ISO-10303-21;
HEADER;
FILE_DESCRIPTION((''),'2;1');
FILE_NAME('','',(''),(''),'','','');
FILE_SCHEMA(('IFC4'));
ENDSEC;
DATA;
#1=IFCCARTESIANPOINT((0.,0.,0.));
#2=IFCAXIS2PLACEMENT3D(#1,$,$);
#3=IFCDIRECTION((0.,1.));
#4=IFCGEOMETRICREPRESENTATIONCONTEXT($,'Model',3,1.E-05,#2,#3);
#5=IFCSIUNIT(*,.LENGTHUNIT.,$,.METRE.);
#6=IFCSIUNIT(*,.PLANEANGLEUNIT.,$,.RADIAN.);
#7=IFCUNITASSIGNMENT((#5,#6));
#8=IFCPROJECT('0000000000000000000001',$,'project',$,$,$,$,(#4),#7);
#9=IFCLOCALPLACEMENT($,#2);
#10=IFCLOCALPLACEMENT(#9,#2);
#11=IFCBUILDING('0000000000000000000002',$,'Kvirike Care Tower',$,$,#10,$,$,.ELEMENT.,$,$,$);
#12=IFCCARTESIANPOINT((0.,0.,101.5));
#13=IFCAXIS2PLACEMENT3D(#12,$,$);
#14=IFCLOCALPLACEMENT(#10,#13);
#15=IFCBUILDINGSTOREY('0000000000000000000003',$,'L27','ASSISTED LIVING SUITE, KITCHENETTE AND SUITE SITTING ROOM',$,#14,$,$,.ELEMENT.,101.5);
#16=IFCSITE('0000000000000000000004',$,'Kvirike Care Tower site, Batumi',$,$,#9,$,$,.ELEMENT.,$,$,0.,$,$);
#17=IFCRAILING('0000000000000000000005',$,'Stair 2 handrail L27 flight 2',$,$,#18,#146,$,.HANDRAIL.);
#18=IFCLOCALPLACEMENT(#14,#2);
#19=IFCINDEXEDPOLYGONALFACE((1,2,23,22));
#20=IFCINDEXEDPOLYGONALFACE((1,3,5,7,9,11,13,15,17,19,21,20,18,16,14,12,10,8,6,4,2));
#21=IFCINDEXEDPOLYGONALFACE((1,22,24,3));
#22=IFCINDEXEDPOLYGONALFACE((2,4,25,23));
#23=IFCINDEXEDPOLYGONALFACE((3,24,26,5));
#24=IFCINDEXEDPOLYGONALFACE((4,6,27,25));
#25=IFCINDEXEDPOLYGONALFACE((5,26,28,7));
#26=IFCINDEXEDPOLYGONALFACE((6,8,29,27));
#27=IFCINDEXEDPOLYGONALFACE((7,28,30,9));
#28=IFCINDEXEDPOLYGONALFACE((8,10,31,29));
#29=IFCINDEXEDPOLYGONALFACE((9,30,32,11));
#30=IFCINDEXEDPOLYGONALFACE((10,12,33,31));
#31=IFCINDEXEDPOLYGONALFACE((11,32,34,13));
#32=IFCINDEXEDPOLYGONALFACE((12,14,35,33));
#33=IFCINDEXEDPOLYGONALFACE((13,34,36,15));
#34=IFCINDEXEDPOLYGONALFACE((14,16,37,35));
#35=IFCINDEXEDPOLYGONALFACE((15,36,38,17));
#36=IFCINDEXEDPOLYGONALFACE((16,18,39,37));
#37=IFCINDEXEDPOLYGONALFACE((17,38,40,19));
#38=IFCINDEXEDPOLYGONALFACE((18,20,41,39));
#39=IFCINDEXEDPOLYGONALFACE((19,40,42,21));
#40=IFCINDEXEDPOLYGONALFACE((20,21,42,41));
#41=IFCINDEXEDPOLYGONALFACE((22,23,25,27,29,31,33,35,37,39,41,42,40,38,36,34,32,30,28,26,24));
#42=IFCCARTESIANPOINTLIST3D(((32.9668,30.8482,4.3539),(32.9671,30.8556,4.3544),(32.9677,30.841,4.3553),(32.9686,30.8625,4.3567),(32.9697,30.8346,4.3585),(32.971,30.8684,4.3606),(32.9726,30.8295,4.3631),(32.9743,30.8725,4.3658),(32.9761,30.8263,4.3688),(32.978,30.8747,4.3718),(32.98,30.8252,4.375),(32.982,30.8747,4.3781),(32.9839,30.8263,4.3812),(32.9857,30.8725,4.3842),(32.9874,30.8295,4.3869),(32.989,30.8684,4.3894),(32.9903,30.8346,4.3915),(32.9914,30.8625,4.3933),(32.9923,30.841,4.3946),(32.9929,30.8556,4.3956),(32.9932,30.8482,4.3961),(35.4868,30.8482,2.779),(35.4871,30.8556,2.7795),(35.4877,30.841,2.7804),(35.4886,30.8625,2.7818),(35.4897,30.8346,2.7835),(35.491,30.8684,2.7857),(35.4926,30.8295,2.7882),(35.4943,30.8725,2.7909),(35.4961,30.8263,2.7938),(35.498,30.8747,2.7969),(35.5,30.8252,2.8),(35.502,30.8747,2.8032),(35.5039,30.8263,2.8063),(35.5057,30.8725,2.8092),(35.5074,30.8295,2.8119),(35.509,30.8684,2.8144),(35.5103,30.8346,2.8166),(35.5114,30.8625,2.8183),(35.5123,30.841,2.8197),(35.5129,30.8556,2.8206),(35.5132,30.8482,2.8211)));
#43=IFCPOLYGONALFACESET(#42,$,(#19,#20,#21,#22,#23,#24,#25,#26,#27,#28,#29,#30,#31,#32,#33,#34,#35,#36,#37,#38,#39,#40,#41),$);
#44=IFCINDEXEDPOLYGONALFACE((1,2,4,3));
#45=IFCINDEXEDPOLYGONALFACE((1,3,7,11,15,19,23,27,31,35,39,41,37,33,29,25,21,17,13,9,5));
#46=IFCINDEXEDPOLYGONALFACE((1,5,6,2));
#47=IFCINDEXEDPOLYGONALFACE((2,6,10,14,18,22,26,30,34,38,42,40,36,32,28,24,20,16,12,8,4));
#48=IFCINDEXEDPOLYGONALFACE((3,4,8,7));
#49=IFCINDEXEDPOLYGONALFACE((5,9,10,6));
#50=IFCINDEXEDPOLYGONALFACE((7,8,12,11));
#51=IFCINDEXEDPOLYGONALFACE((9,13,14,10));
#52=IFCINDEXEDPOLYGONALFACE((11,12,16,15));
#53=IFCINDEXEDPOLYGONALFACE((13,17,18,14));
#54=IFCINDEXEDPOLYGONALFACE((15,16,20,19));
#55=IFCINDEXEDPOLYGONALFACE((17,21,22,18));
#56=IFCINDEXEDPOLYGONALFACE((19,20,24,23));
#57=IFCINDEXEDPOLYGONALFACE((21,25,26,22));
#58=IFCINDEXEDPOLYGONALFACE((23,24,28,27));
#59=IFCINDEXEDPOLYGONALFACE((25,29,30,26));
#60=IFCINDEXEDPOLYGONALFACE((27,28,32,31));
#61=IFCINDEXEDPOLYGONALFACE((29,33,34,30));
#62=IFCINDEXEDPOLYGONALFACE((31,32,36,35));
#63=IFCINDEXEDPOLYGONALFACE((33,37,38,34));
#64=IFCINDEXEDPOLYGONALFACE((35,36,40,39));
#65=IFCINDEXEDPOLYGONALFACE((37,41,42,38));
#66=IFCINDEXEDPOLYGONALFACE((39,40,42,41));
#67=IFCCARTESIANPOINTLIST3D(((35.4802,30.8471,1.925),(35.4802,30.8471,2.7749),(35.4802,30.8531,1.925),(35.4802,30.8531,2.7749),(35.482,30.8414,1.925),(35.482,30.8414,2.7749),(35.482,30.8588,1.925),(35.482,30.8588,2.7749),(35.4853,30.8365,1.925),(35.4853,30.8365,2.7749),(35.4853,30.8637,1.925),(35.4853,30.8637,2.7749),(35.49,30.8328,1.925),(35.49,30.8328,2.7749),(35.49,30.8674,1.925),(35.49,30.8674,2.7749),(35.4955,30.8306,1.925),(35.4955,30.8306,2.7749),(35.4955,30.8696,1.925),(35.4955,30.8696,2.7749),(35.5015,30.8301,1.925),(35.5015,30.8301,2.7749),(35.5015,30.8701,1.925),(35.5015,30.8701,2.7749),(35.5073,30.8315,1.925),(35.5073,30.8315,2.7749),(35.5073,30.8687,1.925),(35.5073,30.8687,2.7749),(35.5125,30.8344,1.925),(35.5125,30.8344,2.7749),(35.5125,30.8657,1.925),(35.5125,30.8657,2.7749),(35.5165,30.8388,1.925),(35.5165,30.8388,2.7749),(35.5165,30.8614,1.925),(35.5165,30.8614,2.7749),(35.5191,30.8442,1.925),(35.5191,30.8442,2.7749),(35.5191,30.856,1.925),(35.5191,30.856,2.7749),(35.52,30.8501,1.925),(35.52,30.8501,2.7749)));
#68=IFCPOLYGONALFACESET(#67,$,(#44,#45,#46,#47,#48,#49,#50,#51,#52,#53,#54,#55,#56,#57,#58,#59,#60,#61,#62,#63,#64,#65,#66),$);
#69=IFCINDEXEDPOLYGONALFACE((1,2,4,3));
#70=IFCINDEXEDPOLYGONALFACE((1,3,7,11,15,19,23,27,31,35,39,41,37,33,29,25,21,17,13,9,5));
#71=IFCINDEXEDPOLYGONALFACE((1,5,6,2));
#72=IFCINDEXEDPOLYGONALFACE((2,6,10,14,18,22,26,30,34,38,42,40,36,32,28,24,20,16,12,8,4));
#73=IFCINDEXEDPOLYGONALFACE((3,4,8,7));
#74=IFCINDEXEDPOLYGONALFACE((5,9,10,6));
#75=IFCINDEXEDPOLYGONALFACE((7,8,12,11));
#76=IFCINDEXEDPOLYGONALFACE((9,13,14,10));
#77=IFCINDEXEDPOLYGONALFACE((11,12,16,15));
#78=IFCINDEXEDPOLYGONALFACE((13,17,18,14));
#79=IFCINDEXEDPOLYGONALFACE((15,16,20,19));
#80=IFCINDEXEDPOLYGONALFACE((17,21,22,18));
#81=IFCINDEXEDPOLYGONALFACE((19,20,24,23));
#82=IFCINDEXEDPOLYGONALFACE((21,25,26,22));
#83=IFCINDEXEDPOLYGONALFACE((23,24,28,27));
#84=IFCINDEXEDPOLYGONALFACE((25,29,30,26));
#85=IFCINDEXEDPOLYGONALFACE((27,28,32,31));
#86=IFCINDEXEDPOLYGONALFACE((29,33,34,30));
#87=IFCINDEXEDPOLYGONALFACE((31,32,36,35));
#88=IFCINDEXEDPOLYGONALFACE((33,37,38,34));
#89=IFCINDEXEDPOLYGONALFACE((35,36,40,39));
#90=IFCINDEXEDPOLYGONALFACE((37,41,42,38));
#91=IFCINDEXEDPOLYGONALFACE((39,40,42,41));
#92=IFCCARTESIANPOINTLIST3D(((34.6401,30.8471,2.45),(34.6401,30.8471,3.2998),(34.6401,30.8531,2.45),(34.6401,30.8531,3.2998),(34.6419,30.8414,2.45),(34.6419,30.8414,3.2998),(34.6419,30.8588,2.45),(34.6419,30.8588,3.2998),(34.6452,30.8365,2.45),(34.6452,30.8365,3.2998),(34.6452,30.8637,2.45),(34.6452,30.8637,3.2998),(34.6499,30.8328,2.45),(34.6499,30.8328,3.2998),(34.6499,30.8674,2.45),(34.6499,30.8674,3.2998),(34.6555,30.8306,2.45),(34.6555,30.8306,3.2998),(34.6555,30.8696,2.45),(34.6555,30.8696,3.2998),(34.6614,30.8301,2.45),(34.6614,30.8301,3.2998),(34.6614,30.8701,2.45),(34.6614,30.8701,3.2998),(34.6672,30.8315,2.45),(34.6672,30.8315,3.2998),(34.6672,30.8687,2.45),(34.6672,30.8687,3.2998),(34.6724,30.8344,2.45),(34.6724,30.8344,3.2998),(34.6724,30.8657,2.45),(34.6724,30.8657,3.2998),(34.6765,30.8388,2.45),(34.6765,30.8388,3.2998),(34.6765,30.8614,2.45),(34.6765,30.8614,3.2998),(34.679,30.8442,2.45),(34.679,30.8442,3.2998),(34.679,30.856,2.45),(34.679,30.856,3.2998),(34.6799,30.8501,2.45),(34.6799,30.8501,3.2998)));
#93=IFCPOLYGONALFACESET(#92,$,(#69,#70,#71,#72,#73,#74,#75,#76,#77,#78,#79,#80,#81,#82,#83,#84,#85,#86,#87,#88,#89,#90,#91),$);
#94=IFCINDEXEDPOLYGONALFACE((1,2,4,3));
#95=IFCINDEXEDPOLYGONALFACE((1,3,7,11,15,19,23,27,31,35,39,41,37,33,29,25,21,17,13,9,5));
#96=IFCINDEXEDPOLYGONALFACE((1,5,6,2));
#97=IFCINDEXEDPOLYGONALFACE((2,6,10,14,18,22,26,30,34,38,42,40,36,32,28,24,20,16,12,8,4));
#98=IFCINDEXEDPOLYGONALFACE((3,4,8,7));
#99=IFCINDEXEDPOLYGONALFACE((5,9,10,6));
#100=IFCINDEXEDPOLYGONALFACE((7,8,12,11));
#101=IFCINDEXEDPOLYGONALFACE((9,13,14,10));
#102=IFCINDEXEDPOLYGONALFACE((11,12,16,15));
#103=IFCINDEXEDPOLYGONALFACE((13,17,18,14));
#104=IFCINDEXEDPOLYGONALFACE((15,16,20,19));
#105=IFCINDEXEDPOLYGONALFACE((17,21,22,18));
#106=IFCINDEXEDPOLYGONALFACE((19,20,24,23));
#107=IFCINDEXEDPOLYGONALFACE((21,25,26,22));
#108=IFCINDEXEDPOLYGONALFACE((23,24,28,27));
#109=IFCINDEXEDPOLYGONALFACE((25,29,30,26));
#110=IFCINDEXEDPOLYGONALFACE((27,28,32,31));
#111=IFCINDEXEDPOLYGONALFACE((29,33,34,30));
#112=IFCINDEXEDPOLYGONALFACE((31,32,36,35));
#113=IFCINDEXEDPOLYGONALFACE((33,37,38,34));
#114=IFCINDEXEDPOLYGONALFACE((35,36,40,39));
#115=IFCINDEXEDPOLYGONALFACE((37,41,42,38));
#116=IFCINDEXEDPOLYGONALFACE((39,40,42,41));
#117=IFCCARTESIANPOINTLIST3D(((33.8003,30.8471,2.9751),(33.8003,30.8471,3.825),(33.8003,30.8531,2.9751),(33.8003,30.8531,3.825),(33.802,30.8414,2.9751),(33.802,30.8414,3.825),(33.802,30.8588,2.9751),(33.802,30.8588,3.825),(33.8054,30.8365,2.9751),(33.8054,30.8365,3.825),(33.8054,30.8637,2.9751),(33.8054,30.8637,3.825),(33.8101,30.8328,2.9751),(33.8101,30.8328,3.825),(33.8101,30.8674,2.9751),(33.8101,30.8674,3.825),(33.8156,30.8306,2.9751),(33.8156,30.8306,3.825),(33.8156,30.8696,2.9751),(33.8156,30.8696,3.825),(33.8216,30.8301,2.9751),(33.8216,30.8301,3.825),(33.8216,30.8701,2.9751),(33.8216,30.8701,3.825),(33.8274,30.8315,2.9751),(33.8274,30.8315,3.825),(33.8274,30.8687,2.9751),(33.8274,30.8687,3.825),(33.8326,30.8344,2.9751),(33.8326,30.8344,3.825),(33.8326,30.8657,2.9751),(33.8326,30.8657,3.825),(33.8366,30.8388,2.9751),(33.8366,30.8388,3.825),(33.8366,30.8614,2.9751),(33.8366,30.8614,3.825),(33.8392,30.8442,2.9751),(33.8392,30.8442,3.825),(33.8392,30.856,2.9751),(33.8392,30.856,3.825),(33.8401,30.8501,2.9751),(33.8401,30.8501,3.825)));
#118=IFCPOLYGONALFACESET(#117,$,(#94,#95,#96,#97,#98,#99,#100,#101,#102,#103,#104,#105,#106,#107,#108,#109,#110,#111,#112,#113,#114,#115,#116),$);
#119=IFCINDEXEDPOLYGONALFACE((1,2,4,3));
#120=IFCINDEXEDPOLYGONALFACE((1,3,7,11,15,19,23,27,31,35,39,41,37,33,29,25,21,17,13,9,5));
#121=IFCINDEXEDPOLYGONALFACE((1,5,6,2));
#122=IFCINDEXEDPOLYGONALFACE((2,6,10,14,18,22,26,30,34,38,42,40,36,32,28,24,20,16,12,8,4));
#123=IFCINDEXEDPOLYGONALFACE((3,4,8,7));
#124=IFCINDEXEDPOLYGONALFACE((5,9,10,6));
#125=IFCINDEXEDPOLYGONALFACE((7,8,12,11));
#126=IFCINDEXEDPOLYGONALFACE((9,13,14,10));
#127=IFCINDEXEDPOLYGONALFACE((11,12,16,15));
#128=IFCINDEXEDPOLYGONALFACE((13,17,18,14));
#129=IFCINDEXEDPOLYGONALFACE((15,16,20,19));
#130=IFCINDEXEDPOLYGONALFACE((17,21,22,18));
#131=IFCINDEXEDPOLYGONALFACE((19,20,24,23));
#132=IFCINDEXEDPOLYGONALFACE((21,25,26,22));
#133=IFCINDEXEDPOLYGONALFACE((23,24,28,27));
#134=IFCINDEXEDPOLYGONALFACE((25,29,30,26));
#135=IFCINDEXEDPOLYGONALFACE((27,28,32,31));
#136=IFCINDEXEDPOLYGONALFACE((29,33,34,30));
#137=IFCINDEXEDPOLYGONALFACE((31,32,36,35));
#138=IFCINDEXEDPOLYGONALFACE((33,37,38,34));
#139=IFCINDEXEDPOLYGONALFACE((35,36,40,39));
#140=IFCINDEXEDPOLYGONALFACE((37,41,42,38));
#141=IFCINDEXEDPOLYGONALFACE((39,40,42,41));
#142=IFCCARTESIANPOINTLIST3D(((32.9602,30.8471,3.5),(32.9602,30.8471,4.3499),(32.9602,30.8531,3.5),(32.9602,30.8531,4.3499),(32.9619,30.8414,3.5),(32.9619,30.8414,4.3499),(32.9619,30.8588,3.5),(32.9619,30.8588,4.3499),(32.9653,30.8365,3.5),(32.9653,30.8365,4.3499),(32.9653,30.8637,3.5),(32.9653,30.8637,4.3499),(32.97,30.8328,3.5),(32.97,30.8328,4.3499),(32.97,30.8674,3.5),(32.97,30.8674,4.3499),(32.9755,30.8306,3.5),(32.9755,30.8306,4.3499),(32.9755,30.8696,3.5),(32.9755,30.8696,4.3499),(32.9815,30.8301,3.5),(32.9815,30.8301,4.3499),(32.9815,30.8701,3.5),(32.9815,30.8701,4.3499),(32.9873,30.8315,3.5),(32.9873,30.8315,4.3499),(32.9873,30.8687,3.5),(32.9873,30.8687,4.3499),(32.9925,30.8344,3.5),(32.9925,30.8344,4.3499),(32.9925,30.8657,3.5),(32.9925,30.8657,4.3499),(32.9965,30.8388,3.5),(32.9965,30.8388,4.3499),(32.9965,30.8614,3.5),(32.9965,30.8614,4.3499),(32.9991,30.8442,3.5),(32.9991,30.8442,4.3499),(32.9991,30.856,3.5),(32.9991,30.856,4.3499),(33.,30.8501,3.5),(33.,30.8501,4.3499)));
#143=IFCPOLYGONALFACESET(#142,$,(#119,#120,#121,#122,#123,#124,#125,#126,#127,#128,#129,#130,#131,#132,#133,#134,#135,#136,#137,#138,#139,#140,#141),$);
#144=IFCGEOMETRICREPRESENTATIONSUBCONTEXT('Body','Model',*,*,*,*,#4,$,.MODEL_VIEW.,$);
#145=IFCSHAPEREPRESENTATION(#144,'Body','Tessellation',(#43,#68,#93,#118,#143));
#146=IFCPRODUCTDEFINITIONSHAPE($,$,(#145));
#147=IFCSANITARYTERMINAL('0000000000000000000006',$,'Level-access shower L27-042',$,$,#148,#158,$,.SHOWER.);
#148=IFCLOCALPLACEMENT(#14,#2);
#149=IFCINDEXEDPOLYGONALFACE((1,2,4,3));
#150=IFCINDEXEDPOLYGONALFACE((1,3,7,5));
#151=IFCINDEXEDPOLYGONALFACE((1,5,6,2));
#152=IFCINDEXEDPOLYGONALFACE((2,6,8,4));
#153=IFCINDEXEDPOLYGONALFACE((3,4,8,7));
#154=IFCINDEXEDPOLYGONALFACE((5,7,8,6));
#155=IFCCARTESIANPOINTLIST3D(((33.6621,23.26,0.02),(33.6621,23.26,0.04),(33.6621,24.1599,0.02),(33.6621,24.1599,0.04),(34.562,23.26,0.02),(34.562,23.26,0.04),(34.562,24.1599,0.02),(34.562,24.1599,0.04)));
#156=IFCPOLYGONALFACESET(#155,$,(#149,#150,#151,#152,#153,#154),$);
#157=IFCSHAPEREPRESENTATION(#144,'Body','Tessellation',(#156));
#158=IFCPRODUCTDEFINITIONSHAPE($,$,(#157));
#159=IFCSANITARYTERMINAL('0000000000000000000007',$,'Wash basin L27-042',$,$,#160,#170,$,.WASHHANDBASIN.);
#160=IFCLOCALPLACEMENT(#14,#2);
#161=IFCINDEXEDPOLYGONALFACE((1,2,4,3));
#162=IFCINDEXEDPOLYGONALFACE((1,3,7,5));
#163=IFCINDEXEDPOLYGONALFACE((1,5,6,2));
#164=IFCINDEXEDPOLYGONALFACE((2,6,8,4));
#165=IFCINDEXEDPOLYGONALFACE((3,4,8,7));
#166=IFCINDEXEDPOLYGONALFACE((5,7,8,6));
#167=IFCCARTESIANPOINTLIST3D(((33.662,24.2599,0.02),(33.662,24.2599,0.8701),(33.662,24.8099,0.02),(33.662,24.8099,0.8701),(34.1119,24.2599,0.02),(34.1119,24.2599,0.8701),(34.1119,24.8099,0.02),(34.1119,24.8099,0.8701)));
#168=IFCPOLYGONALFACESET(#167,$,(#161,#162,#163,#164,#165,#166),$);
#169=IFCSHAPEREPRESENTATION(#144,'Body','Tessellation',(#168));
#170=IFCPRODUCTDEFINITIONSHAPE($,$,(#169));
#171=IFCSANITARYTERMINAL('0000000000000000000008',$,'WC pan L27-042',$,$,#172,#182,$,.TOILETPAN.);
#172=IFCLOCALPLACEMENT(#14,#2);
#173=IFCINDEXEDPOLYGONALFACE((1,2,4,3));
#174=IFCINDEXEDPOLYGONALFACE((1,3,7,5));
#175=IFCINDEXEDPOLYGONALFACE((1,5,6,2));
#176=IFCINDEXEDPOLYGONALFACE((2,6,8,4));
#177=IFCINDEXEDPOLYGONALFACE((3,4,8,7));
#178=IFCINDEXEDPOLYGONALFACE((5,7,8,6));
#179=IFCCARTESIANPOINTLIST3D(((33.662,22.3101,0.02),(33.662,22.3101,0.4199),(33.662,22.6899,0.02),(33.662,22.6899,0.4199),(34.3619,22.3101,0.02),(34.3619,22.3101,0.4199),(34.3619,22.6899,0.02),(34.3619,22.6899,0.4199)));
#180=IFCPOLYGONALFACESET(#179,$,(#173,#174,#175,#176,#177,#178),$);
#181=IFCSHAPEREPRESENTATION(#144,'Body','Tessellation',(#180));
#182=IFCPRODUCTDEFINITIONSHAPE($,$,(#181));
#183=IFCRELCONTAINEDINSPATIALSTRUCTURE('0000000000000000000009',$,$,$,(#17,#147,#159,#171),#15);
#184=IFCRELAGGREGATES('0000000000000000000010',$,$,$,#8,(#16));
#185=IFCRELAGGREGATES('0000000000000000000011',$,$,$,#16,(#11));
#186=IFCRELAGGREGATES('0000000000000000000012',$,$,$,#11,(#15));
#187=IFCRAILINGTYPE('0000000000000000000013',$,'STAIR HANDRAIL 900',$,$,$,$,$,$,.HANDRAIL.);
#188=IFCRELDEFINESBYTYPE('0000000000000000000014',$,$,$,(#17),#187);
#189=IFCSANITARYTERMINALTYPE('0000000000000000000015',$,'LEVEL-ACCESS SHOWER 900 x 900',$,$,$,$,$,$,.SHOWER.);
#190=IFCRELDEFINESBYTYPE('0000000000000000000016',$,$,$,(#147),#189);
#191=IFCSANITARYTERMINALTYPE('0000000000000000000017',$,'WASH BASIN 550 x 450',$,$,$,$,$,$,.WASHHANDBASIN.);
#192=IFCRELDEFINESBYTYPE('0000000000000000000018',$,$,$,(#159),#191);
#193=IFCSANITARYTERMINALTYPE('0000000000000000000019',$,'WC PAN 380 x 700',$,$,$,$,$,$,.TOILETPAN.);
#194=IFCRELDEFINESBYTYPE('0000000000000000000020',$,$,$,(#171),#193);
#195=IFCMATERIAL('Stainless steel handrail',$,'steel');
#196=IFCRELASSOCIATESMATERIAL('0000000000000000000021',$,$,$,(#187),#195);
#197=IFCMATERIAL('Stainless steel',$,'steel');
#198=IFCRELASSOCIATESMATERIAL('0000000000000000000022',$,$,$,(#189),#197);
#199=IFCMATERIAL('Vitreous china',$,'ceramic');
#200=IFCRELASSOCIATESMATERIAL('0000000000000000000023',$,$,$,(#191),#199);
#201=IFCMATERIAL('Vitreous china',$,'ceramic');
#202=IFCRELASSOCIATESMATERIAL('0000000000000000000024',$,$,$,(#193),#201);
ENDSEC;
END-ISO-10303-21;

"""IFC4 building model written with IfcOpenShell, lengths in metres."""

from ifc_helpers import new_model, si_unit, direction, frame, origin, origin_2d, place, context, subcontext, project, spatial, rectangle, circle, extrude, material, type_object, element, save


model = new_model("IFC4")

# Units and contexts
model_context = context("Model", 3, precision=1e-05, world=origin(), true_north=direction((0.0, 1.0)))
body_context = subcontext(model_context, "Body", "Model", "MODEL_VIEW")
ifc_project = project(units=[si_unit("LENGTHUNIT", "METRE"), si_unit("PLANEANGLEUNIT", "RADIAN")], contexts=[model_context])

# Site, building, storey
site_placement = place(None, origin())
site = spatial("IfcSite", under=ifc_project, at=site_placement, Name="Kvirike Care Tower site, Batumi", CompositionType="ELEMENT", RefElevation=0.0)
building_placement = place(site_placement, origin())
building = spatial("IfcBuilding", under=site, at=building_placement, Name="Kvirike Care Tower", CompositionType="ELEMENT")
storey_placement = place(building_placement, frame((0.0, 0.0, 101.5)))
storey = spatial("IfcBuildingStorey", under=building, at=storey_placement, Name="L27", Description="ASSISTED LIVING SUITE, KITCHENETTE AND SUITE SITTING ROOM", CompositionType="ELEMENT", Elevation=101.5)

# Railing
ifc_material_1 = material(Name="Stainless steel handrail", Category="steel")
railing_type = type_object("IfcRailingType", Name="STAIR HANDRAIL 900", PredefinedType="HANDRAIL", material=ifc_material_1)
railing_1_placement = place(storey_placement, frame((35.5, 30.8501, 1.925)))
element("IfcRailing", 1, at=railing_1_placement, inside=storey, type_object=railing_type, Name="Stair 2 handrail L27 flight 2", PredefinedType="HANDRAIL", context=body_context, shape_type="SweptSolid", body=[
    extrude(circle(Radius=0.0249, at=origin_2d()), frame((0.0, 0.0, 0.875), z_axis=(-0.848008, 0.0, 0.529984), x_axis=(0.0, -1.0, 0.0)), (0.0, 0.0, 1.0), 2.9717),
    extrude(circle(Radius=0.02, at=origin_2d()), origin(), (0.0, 0.0, 1.0), 0.8499),
    extrude(circle(Radius=0.02, at=origin_2d()), frame((-0.8401, 0.0, 0.5249)), (0.0, 0.0, 1.0), 0.8499),
    extrude(circle(Radius=0.02, at=origin_2d()), frame((-1.6799, 0.0, 1.05)), (0.0, 0.0, 1.0), 0.8499),
    extrude(circle(Radius=0.02, at=origin_2d()), frame((-2.52, 0.0, 1.575)), (0.0, 0.0, 1.0), 0.8499),
])

# Sanitary terminals
ifc_material_2 = material(Name="Stainless steel", Category="steel")
sanitary_terminal_type_1 = type_object("IfcSanitaryTerminalType", Name="LEVEL-ACCESS SHOWER 900 x 900", PredefinedType="SHOWER", material=ifc_material_2)
sanitary_terminal_1_placement = place(storey_placement, frame((34.1121, 23.71, 0.02), z_axis=(0.0, 0.0, 1.0), x_axis=(0.0, 1.0, 0.0)))
element("IfcSanitaryTerminal", 2, at=sanitary_terminal_1_placement, inside=storey, type_object=sanitary_terminal_type_1, Name="Level-access shower L27-042", PredefinedType="SHOWER", context=body_context, shape_type="SweptSolid", body=[
    extrude(rectangle(XDim=0.8999, YDim=0.8999, at=origin_2d()), origin(), (0.0, 0.0, 1.0), 0.02),
])
ifc_material_3 = material(Name="Vitreous china", Category="ceramic")
sanitary_terminal_type_2 = type_object("IfcSanitaryTerminalType", Name="WASH BASIN 550 x 450", PredefinedType="WASHHANDBASIN", material=ifc_material_3)
sanitary_terminal_2_placement = place(storey_placement, frame((33.887, 24.5349, 0.02), z_axis=(0.0, 0.0, 1.0), x_axis=(0.0, 1.0, 0.0)))
element("IfcSanitaryTerminal", 3, at=sanitary_terminal_2_placement, inside=storey, type_object=sanitary_terminal_type_2, Name="Wash basin L27-042", PredefinedType="WASHHANDBASIN", context=body_context, shape_type="SweptSolid", body=[
    extrude(rectangle(XDim=0.55, YDim=0.45, at=origin_2d()), origin(), (0.0, 0.0, 1.0), 0.8501),
])
ifc_material_4 = material(Name="Vitreous china", Category="ceramic")
sanitary_terminal_type_3 = type_object("IfcSanitaryTerminalType", Name="WC PAN 380 x 700", PredefinedType="TOILETPAN", material=ifc_material_4)
sanitary_terminal_3_placement = place(storey_placement, frame((34.012, 22.5, 0.02), z_axis=(0.0, 0.0, 1.0), x_axis=(0.0, 1.0, 0.0)))
element("IfcSanitaryTerminal", 4, at=sanitary_terminal_3_placement, inside=storey, type_object=sanitary_terminal_type_3, Name="WC pan L27-042", PredefinedType="TOILETPAN", context=body_context, shape_type="SweptSolid", body=[
    extrude(rectangle(XDim=0.3799, YDim=0.7, at=origin_2d()), origin(), (0.0, 0.0, 1.0), 0.3999),
])

save(model, "model.ifc")
